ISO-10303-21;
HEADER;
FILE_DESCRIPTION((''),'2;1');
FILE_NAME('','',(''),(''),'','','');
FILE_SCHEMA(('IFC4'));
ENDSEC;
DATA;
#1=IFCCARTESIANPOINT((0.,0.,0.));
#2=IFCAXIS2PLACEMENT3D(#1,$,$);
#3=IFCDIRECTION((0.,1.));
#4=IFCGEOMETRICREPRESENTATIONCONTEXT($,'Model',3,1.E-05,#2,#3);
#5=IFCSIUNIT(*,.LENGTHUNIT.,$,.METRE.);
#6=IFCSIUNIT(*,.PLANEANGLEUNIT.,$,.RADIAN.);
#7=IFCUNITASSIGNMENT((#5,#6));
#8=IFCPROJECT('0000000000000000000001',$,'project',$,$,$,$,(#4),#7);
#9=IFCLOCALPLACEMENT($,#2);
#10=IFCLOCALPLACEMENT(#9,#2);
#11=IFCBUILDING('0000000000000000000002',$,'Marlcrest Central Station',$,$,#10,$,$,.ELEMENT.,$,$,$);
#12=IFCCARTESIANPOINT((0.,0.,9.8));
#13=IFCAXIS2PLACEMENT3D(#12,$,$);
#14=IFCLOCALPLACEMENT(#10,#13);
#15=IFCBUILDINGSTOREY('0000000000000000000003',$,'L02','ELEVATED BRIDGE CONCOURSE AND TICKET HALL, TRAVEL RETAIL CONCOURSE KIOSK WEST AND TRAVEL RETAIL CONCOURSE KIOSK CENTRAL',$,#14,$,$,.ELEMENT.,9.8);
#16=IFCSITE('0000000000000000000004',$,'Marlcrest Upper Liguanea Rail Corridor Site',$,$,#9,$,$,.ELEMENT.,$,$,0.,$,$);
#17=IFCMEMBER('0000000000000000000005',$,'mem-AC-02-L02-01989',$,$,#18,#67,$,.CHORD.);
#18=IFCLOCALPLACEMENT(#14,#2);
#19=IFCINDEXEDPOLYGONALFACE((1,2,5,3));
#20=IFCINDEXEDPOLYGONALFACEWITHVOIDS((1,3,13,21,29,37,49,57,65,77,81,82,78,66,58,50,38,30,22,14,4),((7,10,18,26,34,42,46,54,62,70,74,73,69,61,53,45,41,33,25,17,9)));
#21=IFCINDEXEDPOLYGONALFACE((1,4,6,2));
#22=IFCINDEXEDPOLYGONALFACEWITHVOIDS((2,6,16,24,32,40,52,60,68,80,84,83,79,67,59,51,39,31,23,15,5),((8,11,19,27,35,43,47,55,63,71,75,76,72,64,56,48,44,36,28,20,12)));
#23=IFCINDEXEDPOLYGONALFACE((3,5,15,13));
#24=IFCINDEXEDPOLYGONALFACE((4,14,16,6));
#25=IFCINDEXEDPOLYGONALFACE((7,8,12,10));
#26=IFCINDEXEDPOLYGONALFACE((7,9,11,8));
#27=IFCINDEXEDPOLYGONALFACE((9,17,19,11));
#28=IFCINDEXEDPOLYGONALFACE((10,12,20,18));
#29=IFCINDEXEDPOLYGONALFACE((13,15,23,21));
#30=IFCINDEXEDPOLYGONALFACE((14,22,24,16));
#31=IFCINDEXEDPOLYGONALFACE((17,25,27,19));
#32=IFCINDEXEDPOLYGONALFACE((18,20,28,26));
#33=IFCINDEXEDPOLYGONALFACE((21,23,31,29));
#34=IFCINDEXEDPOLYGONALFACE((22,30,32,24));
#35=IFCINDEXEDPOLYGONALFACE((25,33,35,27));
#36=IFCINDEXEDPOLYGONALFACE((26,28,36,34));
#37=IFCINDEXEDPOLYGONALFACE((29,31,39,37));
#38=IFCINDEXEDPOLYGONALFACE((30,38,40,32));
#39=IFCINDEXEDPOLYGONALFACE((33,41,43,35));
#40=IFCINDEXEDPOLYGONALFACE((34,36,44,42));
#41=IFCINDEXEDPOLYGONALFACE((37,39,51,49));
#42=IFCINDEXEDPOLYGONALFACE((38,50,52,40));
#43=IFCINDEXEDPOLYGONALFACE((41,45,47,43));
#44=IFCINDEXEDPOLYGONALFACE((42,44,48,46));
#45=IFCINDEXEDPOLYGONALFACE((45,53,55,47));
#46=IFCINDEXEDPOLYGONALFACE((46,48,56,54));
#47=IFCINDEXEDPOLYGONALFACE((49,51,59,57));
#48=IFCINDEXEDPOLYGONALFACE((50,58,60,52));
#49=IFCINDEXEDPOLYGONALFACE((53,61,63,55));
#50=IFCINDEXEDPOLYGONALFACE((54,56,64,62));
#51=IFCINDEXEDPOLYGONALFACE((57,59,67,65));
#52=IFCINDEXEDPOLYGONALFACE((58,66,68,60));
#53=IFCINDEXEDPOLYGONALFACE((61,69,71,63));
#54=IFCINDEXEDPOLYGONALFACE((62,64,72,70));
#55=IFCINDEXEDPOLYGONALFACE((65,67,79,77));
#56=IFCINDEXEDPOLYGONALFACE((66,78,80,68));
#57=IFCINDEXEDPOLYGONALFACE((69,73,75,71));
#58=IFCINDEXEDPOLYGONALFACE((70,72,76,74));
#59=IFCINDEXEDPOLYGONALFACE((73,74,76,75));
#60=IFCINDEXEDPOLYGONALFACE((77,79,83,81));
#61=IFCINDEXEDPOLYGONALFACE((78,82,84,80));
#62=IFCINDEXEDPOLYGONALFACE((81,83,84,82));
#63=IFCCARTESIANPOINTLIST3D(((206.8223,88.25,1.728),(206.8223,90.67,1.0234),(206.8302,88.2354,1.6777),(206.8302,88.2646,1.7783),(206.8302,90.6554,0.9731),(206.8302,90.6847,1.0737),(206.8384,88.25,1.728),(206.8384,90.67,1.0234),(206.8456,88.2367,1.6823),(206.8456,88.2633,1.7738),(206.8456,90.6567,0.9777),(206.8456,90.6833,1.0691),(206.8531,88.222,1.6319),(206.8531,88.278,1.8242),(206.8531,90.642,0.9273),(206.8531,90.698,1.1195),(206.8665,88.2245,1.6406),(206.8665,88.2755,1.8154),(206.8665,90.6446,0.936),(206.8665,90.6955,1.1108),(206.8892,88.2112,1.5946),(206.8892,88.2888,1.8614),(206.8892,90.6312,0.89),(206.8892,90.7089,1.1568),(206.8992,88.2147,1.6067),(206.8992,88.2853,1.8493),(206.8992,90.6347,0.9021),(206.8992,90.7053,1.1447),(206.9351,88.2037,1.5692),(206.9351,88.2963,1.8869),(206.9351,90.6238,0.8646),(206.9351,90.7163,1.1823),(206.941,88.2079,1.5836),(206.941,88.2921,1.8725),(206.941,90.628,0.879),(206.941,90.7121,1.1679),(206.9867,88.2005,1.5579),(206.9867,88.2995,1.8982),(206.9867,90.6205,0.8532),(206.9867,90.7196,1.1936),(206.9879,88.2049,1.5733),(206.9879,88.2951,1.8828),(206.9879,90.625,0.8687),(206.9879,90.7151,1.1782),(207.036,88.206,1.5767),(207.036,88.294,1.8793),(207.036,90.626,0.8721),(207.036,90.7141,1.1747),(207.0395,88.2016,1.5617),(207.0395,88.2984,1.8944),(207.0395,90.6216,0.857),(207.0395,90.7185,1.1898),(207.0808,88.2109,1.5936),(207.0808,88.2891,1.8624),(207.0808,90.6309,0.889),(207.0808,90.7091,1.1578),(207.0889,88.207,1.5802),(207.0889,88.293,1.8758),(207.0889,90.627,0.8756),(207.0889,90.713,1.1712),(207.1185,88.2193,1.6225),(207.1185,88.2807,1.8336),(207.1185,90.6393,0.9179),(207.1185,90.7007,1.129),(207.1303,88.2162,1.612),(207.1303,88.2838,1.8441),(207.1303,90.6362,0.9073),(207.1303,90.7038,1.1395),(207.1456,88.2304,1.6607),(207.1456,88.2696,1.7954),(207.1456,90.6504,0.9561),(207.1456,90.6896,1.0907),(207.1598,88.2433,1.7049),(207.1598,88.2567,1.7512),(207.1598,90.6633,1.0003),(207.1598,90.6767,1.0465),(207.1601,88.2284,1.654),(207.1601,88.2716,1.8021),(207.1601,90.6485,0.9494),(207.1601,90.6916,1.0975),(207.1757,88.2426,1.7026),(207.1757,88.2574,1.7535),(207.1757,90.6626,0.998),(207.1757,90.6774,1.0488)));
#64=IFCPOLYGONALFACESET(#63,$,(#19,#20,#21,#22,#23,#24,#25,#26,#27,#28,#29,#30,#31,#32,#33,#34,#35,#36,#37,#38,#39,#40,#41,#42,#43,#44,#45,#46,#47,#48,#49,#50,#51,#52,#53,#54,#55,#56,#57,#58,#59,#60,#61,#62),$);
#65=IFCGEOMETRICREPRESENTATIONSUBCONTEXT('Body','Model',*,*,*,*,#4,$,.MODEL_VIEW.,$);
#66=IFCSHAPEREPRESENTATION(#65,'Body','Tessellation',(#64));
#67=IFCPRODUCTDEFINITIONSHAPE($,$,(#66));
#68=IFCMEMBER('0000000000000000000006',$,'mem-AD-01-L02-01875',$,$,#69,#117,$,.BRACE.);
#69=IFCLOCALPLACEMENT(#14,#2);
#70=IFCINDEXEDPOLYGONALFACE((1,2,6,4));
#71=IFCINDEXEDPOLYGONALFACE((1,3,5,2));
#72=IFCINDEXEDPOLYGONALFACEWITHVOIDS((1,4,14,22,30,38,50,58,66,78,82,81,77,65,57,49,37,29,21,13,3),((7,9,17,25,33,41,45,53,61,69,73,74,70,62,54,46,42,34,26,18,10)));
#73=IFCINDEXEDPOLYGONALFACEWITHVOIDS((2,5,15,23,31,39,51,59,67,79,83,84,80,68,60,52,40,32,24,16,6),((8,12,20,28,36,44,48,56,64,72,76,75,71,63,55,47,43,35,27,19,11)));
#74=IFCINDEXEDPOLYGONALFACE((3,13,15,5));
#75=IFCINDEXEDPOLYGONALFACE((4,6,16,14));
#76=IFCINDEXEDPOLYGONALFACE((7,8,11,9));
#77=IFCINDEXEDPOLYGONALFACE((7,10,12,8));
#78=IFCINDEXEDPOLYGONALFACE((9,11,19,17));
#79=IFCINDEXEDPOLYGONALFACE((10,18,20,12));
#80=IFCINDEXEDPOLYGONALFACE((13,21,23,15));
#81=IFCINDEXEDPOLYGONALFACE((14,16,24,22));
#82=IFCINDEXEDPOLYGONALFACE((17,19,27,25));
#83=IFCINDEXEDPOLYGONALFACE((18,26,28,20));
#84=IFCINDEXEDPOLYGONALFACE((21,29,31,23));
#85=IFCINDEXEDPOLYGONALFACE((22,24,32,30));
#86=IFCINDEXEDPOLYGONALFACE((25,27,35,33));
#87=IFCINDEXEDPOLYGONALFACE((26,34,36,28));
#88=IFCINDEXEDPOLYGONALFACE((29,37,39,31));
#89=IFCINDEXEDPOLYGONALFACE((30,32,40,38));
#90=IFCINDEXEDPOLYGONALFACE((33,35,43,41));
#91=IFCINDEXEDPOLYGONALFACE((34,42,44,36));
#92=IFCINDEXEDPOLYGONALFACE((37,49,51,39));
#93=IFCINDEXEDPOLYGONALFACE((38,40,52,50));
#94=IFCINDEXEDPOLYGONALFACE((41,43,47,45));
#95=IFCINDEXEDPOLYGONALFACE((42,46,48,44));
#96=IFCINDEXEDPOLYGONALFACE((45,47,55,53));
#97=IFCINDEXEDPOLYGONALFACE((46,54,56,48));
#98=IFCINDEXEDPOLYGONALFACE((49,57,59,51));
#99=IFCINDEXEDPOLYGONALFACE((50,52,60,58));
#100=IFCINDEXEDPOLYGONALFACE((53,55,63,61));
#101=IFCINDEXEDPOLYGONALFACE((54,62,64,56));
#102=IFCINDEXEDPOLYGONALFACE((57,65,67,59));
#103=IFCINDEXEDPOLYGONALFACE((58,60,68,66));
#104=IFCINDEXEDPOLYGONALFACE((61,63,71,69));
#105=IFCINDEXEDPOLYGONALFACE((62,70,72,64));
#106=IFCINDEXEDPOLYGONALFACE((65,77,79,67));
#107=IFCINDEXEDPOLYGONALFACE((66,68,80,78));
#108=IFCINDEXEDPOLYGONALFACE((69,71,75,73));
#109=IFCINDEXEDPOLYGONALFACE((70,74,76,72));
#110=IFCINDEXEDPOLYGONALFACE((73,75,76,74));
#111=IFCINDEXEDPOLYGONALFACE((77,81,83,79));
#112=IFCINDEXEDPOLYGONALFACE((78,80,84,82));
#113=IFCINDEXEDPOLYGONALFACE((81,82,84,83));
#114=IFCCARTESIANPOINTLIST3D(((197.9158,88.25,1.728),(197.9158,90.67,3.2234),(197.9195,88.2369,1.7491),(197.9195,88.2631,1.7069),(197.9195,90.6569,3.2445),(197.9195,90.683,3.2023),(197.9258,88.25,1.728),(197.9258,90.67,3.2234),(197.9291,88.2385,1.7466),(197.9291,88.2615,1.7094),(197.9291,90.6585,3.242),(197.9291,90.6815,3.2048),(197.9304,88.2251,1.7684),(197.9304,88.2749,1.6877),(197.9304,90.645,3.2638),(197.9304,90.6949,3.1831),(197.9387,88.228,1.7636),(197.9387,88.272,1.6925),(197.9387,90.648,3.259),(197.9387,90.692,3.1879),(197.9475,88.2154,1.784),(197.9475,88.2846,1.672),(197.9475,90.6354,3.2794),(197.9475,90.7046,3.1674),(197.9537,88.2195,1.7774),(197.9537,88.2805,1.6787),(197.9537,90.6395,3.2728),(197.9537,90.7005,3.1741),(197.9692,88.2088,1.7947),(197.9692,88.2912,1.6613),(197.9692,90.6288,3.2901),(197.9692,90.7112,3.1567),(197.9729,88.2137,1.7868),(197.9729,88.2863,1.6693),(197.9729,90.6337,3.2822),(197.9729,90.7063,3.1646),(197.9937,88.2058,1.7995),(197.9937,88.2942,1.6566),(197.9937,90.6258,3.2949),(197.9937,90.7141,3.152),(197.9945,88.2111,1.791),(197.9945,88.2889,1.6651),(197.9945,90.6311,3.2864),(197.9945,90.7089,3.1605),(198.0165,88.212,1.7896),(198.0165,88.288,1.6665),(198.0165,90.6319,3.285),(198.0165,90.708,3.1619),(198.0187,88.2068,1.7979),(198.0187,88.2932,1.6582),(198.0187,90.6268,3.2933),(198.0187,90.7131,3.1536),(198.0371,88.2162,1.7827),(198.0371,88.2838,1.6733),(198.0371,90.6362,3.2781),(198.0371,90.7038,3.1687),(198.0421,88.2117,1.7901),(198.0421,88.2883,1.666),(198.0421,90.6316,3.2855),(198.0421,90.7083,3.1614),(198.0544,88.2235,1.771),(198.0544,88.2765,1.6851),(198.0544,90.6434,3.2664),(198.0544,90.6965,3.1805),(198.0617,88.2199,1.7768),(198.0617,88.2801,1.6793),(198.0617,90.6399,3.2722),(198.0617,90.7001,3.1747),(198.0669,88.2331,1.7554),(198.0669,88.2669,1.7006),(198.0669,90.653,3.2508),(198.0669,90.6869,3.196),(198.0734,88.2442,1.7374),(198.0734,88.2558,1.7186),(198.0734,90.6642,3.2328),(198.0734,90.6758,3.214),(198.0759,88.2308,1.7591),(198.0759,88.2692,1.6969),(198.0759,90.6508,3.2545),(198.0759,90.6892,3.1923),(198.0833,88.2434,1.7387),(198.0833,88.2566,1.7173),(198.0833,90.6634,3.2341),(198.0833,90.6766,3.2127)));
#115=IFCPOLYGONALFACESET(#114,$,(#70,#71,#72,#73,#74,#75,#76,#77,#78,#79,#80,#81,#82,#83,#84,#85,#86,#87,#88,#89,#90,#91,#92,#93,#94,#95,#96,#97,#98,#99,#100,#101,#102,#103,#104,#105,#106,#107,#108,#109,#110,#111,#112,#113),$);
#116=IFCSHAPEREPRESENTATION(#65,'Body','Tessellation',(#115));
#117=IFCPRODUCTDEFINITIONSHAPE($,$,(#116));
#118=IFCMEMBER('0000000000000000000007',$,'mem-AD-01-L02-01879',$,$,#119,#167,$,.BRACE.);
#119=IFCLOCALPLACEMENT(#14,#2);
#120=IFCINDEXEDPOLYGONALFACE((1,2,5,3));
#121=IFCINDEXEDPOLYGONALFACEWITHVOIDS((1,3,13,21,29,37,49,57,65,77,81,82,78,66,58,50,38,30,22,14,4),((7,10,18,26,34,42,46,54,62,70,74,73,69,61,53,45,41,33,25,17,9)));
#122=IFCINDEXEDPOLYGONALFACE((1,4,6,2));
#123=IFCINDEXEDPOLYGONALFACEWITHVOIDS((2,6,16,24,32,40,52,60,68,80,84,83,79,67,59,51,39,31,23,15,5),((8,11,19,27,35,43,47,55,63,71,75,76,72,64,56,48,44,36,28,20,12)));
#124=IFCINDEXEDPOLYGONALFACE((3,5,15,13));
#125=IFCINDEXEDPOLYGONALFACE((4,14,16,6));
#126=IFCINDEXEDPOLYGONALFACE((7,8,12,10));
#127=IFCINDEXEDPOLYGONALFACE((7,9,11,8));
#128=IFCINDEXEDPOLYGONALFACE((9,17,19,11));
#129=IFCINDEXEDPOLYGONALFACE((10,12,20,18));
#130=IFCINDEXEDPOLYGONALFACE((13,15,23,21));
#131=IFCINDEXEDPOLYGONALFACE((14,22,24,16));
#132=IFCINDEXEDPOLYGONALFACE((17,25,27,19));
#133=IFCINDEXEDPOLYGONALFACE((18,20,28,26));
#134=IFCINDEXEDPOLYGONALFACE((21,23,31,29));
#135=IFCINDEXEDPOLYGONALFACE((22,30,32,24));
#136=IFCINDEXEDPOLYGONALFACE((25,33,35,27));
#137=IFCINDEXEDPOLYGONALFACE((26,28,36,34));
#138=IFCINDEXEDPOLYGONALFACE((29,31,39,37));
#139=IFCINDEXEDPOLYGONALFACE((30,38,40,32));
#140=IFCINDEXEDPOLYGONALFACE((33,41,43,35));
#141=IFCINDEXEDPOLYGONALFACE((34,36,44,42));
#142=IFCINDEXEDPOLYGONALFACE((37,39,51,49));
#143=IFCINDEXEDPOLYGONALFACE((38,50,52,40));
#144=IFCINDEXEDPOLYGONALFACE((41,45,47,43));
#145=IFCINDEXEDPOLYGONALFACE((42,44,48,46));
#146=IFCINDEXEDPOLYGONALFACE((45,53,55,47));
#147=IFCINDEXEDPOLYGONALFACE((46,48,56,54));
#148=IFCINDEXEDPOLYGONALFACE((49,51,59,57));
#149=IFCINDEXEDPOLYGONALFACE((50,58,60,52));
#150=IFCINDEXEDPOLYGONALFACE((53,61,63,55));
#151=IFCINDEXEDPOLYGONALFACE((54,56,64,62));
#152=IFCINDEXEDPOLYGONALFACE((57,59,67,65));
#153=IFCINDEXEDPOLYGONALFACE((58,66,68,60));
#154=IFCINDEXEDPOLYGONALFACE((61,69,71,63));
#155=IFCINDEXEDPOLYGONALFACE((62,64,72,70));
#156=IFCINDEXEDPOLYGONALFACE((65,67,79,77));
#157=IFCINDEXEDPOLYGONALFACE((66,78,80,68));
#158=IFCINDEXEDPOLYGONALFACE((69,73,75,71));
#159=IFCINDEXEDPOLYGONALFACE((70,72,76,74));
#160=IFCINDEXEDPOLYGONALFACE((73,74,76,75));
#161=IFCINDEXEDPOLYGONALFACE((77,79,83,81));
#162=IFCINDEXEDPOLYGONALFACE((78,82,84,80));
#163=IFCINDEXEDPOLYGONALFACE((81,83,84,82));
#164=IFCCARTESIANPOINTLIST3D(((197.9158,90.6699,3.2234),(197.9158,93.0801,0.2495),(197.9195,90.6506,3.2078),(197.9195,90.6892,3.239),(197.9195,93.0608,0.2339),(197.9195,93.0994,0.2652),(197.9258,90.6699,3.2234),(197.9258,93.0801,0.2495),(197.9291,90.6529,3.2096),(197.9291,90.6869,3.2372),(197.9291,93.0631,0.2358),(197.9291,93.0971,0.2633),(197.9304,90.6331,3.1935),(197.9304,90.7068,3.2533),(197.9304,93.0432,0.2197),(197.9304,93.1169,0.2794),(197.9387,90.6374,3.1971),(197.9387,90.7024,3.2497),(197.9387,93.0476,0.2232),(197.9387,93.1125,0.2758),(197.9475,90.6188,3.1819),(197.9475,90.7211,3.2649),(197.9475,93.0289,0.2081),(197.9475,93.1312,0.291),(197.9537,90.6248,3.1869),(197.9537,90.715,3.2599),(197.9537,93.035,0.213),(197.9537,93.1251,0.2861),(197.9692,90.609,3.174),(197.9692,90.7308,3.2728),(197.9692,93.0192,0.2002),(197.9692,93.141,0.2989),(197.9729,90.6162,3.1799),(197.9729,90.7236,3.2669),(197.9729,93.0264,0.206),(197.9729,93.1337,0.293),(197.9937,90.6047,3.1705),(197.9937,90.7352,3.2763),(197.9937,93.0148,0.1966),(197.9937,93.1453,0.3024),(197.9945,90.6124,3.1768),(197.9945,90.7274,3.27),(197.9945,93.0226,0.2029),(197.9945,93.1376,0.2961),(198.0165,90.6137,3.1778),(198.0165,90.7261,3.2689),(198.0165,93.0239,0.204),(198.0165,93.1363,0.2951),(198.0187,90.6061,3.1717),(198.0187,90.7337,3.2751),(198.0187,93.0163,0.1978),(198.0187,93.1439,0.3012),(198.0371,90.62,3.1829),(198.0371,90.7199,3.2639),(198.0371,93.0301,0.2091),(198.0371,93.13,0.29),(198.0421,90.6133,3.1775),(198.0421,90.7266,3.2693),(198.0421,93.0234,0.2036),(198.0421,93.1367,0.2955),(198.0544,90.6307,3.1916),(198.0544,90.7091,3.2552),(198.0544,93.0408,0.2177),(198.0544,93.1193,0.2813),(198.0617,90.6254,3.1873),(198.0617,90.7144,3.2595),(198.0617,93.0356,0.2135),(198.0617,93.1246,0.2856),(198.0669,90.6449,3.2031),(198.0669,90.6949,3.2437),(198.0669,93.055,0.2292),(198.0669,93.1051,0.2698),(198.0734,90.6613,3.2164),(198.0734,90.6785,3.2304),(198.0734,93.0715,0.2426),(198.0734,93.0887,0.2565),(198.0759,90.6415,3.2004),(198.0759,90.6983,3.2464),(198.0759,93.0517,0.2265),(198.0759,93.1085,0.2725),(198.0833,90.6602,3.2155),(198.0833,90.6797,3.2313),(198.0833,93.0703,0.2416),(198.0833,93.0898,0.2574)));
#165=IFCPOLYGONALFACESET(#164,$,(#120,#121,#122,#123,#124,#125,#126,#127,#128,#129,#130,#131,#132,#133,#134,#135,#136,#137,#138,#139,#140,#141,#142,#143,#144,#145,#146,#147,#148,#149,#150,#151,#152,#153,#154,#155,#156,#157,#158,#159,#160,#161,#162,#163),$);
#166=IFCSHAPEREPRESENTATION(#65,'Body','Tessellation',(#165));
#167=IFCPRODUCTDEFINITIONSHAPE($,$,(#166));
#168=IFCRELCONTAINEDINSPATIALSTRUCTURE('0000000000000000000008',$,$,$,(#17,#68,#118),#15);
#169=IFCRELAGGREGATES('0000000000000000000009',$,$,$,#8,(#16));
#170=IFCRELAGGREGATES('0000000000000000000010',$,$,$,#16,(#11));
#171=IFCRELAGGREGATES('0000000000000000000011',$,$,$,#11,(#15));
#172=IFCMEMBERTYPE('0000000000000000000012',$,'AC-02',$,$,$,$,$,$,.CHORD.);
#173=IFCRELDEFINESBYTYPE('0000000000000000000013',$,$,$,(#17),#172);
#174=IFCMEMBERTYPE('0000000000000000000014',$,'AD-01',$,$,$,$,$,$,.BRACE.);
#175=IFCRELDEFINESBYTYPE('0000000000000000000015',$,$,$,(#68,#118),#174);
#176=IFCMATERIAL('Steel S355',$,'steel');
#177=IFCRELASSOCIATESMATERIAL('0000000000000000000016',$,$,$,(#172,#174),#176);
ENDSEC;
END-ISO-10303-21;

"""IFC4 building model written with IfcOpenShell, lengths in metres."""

from ifc_helpers import new_model, si_unit, direction, frame, origin, origin_2d, place, context, subcontext, project, spatial, hollow_circle, extrude, material, material_profile, profile_set, type_object, element, save


model = new_model("IFC4")

# Units and contexts
model_context = context("Model", 3, precision=1e-05, world=origin(), true_north=direction((0.0, 1.0)))
body_context = subcontext(model_context, "Body", "Model", "MODEL_VIEW")
ifc_project = project(units=[si_unit("LENGTHUNIT", "METRE"), si_unit("PLANEANGLEUNIT", "RADIAN")], contexts=[model_context])

# Site, building, storey
site_placement = place(None, origin())
site = spatial("IfcSite", under=ifc_project, at=site_placement, Name="Marlcrest Upper Liguanea Rail Corridor Site", CompositionType="ELEMENT", RefElevation=0.0)
building_placement = place(site_placement, origin())
building = spatial("IfcBuilding", under=site, at=building_placement, Name="Marlcrest Central Station", CompositionType="ELEMENT")
storey_placement = place(building_placement, frame((0.0, 0.0, 9.8)))
storey = spatial("IfcBuildingStorey", under=building, at=storey_placement, Name="L02", Description="ELEVATED BRIDGE CONCOURSE AND TICKET HALL, TRAVEL RETAIL CONCOURSE KIOSK WEST AND TRAVEL RETAIL CONCOURSE KIOSK CENTRAL", CompositionType="ELEMENT", Elevation=9.8)

# Members
ifc_material_1 = material(Name="Steel S355", Category="steel")
ifc_material_profile_1 = material_profile(ifc_material_1, hollow_circle(Radius=0.1777, WallThickness=0.0161, at=origin_2d()), Name="CHS 355.6x16")
ifc_profile_set_1 = profile_set([ifc_material_profile_1], Name="Steel S355")
member_type_1 = type_object("IfcMemberType", Name="AC-02", PredefinedType="CHORD", material=ifc_profile_set_1)
member_1_placement = place(storey_placement, frame((207.0, 88.25, 1.728), z_axis=(0.0, 0.96013, -0.279554), x_axis=(-1.0, 0.0, 0.0)))
element("IfcMember", 1, at=member_1_placement, inside=storey, type_object=member_type_1, Name="mem-AC-02-L02-01989", PredefinedType="CHORD", context=body_context, shape_type="SweptSolid", body=[
    extrude(hollow_circle(Radius=0.1777, WallThickness=0.0161, at=origin_2d()), origin(), (0.0, 0.0, 1.0), 2.5205),
])
ifc_material_profile_2 = material_profile(ifc_material_1, hollow_circle(Radius=0.0842, WallThickness=0.01, at=origin_2d()), Name="CHS 168.3x10")
ifc_profile_set_2 = profile_set([ifc_material_profile_2], Name="Steel S355")
member_type_2 = type_object("IfcMemberType", Name="AD-01", PredefinedType="BRACE", material=ifc_profile_set_2)
member_2_placement = place(storey_placement, frame((198.0, 88.25, 1.728), z_axis=(0.0, 0.850687, 0.525672), x_axis=(-1.0, 0.0, 0.0)))
element("IfcMember", 2, at=member_2_placement, inside=storey, type_object=member_type_2, Name="mem-AD-01-L02-01875", PredefinedType="BRACE", context=body_context, shape_type="SweptSolid", body=[
    extrude(hollow_circle(Radius=0.0842, WallThickness=0.01, at=origin_2d()), origin(), (0.0, 0.0, 1.0), 2.8447),
])
member_3_placement = place(storey_placement, frame((198.0, 90.6699, 3.2234), z_axis=(0.0, 0.629629, -0.776896), x_axis=(-1.0, 0.0, 0.0)))
element("IfcMember", 3, at=member_3_placement, inside=storey, type_object=member_type_2, Name="mem-AD-01-L02-01879", PredefinedType="BRACE", context=body_context, shape_type="SweptSolid", body=[
    extrude(hollow_circle(Radius=0.0842, WallThickness=0.01, at=origin_2d()), origin(), (0.0, 0.0, 1.0), 3.8279),
])

save(model, "model.ifc")
